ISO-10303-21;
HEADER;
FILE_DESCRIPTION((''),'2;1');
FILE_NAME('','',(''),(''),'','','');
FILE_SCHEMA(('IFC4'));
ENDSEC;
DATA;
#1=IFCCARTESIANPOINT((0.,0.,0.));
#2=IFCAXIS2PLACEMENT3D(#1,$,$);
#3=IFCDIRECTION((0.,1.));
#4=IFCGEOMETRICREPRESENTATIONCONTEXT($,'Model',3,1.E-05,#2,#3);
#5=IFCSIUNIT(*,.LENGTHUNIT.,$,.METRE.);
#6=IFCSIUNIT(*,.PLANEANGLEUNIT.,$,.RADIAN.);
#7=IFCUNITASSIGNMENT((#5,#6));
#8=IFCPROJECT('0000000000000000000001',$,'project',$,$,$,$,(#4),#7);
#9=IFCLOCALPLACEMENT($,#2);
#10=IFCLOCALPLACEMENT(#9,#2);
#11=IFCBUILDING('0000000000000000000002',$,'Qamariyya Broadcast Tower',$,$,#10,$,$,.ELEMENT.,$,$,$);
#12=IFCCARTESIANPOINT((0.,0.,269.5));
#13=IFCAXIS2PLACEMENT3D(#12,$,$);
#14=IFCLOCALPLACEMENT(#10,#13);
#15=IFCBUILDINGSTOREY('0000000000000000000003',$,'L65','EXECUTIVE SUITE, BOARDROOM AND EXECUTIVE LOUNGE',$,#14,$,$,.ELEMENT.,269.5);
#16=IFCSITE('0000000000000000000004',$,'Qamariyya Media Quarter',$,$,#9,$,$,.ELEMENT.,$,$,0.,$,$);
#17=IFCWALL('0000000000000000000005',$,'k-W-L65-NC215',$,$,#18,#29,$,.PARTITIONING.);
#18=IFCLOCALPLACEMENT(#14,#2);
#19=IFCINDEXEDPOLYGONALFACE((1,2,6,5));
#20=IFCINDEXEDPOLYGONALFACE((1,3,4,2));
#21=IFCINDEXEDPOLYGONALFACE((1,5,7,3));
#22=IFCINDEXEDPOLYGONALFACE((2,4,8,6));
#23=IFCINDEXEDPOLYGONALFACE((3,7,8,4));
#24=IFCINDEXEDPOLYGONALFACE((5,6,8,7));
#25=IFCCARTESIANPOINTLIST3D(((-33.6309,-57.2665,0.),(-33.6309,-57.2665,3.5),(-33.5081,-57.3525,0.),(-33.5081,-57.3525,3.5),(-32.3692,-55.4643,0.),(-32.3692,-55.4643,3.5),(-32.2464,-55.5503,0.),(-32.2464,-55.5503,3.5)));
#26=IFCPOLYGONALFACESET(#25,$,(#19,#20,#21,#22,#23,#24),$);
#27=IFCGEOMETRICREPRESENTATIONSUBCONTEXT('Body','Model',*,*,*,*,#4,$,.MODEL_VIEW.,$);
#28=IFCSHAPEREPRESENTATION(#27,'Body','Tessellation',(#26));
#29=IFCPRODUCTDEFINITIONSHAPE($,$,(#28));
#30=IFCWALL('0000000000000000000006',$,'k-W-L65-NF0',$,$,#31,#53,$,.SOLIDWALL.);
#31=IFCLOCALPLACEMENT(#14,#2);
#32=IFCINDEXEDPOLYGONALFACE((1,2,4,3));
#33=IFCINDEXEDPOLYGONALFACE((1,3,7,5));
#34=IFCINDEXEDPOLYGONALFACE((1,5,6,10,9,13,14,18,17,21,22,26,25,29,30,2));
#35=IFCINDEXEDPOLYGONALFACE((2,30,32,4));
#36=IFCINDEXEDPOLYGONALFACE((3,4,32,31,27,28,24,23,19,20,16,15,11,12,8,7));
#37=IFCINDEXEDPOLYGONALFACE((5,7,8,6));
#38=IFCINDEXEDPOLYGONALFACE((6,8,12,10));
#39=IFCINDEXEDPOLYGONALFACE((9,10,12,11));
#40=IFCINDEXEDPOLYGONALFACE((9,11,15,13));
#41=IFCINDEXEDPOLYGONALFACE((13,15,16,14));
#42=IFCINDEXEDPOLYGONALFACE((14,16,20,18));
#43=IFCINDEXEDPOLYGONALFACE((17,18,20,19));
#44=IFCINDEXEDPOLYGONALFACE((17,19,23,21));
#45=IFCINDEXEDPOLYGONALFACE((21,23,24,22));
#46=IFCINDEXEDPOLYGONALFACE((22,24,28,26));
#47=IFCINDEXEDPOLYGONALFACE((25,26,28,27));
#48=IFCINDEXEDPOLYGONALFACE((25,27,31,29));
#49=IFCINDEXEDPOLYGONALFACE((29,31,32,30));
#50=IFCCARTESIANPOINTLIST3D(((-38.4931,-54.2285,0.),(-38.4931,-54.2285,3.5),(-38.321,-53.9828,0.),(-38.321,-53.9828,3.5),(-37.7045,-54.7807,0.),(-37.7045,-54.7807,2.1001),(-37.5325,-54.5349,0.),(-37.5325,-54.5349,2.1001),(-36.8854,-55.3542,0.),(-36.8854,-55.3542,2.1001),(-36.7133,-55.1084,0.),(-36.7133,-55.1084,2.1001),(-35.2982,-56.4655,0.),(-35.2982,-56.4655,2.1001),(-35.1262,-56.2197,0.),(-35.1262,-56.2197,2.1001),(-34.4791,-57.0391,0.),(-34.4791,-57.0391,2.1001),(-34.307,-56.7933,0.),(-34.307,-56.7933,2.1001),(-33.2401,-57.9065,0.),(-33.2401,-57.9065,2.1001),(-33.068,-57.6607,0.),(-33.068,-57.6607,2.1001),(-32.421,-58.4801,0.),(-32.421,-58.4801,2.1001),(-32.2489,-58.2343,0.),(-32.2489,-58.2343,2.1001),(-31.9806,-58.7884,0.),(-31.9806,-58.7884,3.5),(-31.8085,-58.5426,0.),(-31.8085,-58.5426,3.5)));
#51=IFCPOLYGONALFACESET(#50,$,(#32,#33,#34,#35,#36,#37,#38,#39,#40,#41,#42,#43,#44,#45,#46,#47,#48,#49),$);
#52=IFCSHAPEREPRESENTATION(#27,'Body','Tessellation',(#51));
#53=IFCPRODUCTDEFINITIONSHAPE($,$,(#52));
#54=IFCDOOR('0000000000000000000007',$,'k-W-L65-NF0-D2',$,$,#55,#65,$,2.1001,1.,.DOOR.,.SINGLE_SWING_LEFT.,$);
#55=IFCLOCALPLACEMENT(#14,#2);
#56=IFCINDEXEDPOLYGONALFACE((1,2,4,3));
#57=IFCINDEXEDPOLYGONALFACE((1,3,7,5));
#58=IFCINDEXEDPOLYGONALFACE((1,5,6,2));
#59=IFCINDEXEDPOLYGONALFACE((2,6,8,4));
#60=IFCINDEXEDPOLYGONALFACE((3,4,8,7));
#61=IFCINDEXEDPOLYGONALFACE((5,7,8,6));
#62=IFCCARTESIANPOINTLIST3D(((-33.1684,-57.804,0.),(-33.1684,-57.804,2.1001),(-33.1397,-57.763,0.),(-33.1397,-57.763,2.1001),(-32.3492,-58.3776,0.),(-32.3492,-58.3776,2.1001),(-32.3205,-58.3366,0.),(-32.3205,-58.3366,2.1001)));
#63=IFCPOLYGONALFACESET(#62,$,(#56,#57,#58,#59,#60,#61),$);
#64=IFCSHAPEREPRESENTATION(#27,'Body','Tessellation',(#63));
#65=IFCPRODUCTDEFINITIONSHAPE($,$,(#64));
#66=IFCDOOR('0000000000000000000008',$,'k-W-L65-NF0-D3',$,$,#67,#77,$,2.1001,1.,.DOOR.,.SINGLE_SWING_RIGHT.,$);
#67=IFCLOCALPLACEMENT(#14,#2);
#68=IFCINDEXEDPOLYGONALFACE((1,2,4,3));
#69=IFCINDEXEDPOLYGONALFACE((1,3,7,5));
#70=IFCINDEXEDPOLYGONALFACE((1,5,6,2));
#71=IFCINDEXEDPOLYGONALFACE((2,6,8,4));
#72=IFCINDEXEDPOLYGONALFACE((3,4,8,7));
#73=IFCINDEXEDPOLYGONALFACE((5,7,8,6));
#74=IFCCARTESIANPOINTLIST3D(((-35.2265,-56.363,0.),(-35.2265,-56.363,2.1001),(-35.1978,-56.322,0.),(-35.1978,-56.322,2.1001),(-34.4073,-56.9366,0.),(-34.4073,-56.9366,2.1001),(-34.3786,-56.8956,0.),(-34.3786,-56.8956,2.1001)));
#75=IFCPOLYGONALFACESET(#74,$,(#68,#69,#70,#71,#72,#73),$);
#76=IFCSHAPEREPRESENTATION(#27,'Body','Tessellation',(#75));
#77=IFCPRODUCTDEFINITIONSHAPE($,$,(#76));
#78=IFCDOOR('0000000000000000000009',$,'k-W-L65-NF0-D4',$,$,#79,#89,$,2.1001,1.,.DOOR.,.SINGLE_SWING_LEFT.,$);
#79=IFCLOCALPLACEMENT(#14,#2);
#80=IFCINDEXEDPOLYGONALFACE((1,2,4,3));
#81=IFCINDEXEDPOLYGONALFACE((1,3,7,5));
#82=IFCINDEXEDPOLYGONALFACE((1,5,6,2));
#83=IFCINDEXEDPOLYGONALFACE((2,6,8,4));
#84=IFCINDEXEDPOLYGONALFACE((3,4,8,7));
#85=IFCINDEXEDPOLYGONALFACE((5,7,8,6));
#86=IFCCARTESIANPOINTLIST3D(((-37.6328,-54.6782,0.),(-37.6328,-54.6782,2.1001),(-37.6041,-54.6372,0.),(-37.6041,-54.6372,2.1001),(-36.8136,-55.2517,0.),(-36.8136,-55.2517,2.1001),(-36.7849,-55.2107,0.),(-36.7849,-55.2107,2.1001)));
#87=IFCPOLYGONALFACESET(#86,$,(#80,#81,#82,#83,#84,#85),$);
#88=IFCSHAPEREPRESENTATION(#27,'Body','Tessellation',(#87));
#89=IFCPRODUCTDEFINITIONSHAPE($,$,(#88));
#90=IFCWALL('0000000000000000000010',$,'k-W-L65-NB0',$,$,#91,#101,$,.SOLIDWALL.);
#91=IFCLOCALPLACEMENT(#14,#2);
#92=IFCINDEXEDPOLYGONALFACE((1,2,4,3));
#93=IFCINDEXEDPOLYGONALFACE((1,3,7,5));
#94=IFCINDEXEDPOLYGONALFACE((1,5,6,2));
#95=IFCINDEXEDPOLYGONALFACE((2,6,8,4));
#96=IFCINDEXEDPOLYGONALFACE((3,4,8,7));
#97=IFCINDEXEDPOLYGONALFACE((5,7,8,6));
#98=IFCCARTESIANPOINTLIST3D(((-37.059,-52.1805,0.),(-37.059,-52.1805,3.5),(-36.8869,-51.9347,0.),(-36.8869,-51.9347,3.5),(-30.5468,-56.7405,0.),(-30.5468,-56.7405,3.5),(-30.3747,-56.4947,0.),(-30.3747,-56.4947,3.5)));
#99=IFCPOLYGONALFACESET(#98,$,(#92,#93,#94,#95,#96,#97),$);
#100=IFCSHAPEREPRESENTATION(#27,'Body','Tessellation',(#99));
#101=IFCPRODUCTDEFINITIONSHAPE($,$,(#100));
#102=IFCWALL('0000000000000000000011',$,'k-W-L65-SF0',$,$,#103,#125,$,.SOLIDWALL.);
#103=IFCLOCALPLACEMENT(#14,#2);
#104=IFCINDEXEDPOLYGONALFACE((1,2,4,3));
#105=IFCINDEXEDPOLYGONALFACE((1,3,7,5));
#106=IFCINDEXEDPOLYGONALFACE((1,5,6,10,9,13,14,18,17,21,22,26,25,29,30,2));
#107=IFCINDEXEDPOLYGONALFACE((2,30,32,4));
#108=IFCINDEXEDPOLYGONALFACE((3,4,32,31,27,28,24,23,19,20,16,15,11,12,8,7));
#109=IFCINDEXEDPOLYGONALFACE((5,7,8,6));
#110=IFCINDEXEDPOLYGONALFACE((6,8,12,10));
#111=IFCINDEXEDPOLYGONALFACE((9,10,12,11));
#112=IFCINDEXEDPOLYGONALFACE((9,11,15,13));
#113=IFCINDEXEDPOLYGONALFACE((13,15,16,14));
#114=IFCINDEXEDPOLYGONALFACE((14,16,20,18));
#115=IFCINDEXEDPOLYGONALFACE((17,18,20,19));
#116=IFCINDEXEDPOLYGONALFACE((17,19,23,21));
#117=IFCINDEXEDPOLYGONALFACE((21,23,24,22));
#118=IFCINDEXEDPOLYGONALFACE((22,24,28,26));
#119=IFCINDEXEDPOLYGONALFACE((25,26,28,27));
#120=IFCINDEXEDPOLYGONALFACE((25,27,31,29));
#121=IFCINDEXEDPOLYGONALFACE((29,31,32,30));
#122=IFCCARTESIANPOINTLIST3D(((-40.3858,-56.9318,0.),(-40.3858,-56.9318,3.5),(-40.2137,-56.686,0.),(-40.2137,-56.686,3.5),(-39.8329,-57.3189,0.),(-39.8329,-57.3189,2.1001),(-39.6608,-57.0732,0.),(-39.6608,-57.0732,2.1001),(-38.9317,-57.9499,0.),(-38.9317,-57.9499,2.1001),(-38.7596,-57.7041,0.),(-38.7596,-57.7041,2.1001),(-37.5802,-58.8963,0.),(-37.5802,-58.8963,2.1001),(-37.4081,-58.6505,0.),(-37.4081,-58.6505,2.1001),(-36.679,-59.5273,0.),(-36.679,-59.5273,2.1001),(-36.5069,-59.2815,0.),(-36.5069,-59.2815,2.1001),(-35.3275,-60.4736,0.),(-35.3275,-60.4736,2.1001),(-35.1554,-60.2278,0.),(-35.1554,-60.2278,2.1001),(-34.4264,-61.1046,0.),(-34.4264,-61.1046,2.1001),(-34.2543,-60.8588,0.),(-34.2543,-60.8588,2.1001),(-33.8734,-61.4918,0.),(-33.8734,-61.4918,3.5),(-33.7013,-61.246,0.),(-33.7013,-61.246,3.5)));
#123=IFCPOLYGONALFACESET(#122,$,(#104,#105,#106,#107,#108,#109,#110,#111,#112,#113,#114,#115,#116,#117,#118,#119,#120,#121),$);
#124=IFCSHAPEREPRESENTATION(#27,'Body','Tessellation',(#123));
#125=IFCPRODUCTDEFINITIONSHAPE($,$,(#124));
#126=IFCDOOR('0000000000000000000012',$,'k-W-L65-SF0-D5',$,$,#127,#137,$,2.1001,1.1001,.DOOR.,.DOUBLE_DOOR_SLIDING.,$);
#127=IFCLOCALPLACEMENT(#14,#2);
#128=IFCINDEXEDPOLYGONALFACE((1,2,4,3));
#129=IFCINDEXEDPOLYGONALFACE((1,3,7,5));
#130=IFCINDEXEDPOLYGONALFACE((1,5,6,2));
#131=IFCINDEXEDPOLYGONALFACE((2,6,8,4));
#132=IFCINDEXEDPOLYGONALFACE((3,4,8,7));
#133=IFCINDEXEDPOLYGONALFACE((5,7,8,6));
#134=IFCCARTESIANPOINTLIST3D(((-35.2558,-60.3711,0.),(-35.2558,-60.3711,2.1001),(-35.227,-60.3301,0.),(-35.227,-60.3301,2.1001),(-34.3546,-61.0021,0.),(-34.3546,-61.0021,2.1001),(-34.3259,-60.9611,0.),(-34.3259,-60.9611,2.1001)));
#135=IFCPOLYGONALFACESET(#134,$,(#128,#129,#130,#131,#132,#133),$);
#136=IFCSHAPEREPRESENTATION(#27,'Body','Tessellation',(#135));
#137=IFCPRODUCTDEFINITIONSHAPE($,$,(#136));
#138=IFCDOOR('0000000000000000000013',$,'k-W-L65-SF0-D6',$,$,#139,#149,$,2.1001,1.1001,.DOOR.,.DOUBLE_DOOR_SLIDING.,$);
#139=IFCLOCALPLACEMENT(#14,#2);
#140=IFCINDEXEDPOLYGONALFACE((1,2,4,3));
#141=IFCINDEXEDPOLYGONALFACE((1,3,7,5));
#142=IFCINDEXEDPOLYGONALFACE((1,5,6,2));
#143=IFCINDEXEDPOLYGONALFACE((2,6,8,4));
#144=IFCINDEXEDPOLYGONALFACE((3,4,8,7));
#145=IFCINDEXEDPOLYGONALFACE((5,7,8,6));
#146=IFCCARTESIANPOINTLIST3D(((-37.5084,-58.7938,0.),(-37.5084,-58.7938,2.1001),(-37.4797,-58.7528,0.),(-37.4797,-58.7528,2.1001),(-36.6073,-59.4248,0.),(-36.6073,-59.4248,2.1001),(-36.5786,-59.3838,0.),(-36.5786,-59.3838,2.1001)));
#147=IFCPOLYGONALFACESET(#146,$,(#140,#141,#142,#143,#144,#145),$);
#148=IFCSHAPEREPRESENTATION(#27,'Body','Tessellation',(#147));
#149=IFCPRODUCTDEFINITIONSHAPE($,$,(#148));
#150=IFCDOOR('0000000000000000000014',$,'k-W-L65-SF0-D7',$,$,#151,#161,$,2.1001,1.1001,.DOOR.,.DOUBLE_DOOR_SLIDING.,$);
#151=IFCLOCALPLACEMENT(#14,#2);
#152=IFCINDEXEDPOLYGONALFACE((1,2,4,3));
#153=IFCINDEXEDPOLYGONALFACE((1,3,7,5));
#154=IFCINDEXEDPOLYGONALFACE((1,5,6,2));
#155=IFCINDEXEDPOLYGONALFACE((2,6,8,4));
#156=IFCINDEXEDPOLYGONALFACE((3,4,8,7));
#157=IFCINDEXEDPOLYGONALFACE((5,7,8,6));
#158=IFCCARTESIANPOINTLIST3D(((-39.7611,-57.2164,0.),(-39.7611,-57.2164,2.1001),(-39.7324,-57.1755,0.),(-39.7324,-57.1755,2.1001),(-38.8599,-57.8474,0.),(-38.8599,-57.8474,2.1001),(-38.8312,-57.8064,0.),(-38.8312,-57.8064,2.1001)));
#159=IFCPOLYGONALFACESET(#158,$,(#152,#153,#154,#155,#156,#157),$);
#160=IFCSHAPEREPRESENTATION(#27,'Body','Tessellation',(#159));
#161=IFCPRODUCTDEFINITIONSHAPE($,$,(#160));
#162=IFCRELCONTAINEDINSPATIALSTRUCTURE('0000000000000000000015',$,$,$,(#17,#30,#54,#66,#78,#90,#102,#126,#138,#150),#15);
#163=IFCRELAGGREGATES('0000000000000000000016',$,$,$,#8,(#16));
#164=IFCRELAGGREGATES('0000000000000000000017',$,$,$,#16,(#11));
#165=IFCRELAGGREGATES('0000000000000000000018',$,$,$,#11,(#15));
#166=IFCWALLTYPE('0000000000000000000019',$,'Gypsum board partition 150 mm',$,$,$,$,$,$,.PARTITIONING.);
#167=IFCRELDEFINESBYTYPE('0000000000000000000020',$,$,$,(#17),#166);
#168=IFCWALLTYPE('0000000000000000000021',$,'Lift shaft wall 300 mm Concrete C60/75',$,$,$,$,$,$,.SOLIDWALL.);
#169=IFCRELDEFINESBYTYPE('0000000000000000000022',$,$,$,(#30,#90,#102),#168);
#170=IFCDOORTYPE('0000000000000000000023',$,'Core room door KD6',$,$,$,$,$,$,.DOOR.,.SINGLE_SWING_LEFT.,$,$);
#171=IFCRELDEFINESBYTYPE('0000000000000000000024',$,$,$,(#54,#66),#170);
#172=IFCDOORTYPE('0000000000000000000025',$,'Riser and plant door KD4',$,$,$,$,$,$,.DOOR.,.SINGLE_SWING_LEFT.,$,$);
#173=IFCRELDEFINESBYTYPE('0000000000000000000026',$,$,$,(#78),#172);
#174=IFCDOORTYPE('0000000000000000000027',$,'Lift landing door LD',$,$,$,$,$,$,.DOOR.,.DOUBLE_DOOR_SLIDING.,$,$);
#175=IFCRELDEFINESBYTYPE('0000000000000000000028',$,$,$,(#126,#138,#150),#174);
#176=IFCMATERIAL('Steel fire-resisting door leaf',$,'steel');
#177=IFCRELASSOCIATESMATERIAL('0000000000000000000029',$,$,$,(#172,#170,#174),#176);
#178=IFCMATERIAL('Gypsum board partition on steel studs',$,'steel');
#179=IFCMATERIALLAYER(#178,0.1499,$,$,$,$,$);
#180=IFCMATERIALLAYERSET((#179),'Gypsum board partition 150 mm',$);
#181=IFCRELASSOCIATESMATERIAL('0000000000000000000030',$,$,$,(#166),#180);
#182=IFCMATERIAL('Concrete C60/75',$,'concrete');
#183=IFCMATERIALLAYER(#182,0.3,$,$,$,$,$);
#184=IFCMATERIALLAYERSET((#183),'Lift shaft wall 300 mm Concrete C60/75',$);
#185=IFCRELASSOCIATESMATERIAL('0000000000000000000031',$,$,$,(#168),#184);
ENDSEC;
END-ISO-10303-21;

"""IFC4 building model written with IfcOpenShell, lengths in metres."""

from ifc_helpers import new_model, si_unit, direction, frame, frame_2d, origin, place, context, subcontext, project, spatial, rectangle, extrude, material, layer, layer_set, type_object, element, fill, save


model = new_model("IFC4")

# Units and contexts
model_context = context("Model", 3, precision=1e-05, world=origin(), true_north=direction((0.0, 1.0)))
body_context = subcontext(model_context, "Body", "Model", "MODEL_VIEW")
ifc_project = project(units=[si_unit("LENGTHUNIT", "METRE"), si_unit("PLANEANGLEUNIT", "RADIAN")], contexts=[model_context])

# Site, building, storey
site_placement = place(None, origin())
site = spatial("IfcSite", under=ifc_project, at=site_placement, Name="Qamariyya Media Quarter", CompositionType="ELEMENT", RefElevation=0.0)
building_placement = place(site_placement, origin())
building = spatial("IfcBuilding", under=site, at=building_placement, Name="Qamariyya Broadcast Tower", CompositionType="ELEMENT")
storey_placement = place(building_placement, frame((0.0, 0.0, 269.5)))
storey = spatial("IfcBuildingStorey", under=building, at=storey_placement, Name="L65", Description="EXECUTIVE SUITE, BOARDROOM AND EXECUTIVE LOUNGE", CompositionType="ELEMENT", Elevation=269.5)

# Shared definitions
ifc_material_1 = material(Name="Concrete C60/75", Category="concrete")
ifc_material_2 = material(Name="Steel fire-resisting door leaf", Category="steel")

# Shared definitions
door_type_1 = type_object("IfcDoorType", Name="Riser and plant door KD4", OperationType="SINGLE_SWING_LEFT", PredefinedType="DOOR", material=ifc_material_2)

# Wall
ifc_material_3 = material(Name="Gypsum board partition on steel studs", Category="steel")
ifc_layer_1 = layer(ifc_material_3, 0.1499)
ifc_layer_set_1 = layer_set([ifc_layer_1], Name="Gypsum board partition 150 mm")
wall_type_1 = type_object("IfcWallType", Name="Gypsum board partition 150 mm", PredefinedType="PARTITIONING", material=ifc_layer_set_1)
wall_1_placement = place(storey_placement, frame((-33.5696, -57.3096, 0.0), z_axis=(0.0, 0.0, 1.0), x_axis=(0.573507, 0.819201, 0.0)))
element("IfcWall", 1, at=wall_1_placement, inside=storey, type_object=wall_type_1, Name="k-W-L65-NC215", PredefinedType="PARTITIONING", context=body_context, shape_type="SweptSolid", body=[
    extrude(rectangle(XDim=2.2, YDim=0.1499, at=frame_2d((1.1001, 0.0))), origin(), (0.0, 0.0, 1.0), 3.5),
])

# Wall, openings, doors
ifc_layer_2 = layer(ifc_material_1, 0.3)
ifc_layer_set_2 = layer_set([ifc_layer_2], Name="Lift shaft wall 300 mm Concrete C60/75")
wall_type_2 = type_object("IfcWallType", Name="Lift shaft wall 300 mm Concrete C60/75", PredefinedType="SOLIDWALL", material=ifc_layer_set_2)
wall_2_placement = place(storey_placement, frame((-31.8945, -58.6655, 0.0), z_axis=(0.0, 0.0, 1.0), x_axis=(-0.819167, 0.573555, 0.0)))
wall_2 = element("IfcWall", 2, at=wall_2_placement, inside=storey, type_object=wall_type_2, Name="k-W-L65-NF0", PredefinedType="SOLIDWALL", context=body_context, shape_type="SweptSolid", body=[
    extrude(rectangle(XDim=7.9502, YDim=0.3, at=frame_2d((3.9751, 0.0))), origin(), (0.0, 0.0, 1.0), 3.5),
])
opening_1_placement = place(wall_2_placement, frame((0.5376, 0.0, 0.0)))
opening_1 = element("IfcOpeningElement", 3, at=opening_1_placement, cuts=wall_2, PredefinedType="OPENING", context=body_context, shape_type="SweptSolid", body=[
    extrude(rectangle(XDim=1.0, YDim=2.1001, at=frame_2d((0.5, 1.05))), frame((0.0, 0.1599, 0.0), z_axis=(0.0, -1.0, 0.0), x_axis=(1.0, 0.0, 0.0)), (0.0, 0.0, 1.0), 0.3201),
])
opening_2_placement = place(wall_2_placement, frame((3.05, 0.0, 0.0)))
opening_2 = element("IfcOpeningElement", 4, at=opening_2_placement, cuts=wall_2, PredefinedType="OPENING", context=body_context, shape_type="SweptSolid", body=[
    extrude(rectangle(XDim=1.0, YDim=2.1001, at=frame_2d((0.5, 1.05))), frame((0.0, 0.1599, 0.0), z_axis=(0.0, -1.0, 0.0), x_axis=(1.0, 0.0, 0.0)), (0.0, 0.0, 1.0), 0.3201),
])
opening_3_placement = place(wall_2_placement, frame((5.9875, 0.0, 0.0)))
opening_3 = element("IfcOpeningElement", 5, at=opening_3_placement, cuts=wall_2, PredefinedType="OPENING", context=body_context, shape_type="SweptSolid", body=[
    extrude(rectangle(XDim=1.0, YDim=2.1001, at=frame_2d((0.5, 1.05))), frame((0.0, 0.1599, 0.0), z_axis=(0.0, -1.0, 0.0), x_axis=(1.0, 0.0, 0.0)), (0.0, 0.0, 1.0), 0.3201),
])
door_type_2 = type_object("IfcDoorType", Name="Core room door KD6", OperationType="SINGLE_SWING_LEFT", PredefinedType="DOOR", material=ifc_material_2)
door_1_placement = place(opening_1_placement, origin())
door_1 = element("IfcDoor", 6, at=door_1_placement, inside=storey, type_object=door_type_2, Name="k-W-L65-NF0-D2", OperationType="SINGLE_SWING_LEFT", OverallHeight=2.1001, OverallWidth=1.0, PredefinedType="DOOR", context=body_context, shape_type="SweptSolid", body=[
    extrude(rectangle(XDim=1.0, YDim=2.1001, at=frame_2d((0.5, 1.05))), frame((0.0, 0.0249, 0.0), z_axis=(0.0, -1.0, 0.0), x_axis=(1.0, 0.0, 0.0)), (0.0, 0.0, 1.0), 0.05),
])
fill(opening_1, door_1)
door_2_placement = place(opening_2_placement, origin())
door_2 = element("IfcDoor", 7, at=door_2_placement, inside=storey, type_object=door_type_2, Name="k-W-L65-NF0-D3", OperationType="SINGLE_SWING_RIGHT", OverallHeight=2.1001, OverallWidth=1.0, PredefinedType="DOOR", context=body_context, shape_type="SweptSolid", body=[
    extrude(rectangle(XDim=1.0, YDim=2.1001, at=frame_2d((0.5, 1.05))), frame((0.0, 0.0249, 0.0), z_axis=(0.0, -1.0, 0.0), x_axis=(1.0, 0.0, 0.0)), (0.0, 0.0, 1.0), 0.05),
])
fill(opening_2, door_2)
door_3_placement = place(opening_3_placement, origin())
door_3 = element("IfcDoor", 8, at=door_3_placement, inside=storey, type_object=door_type_1, Name="k-W-L65-NF0-D4", OperationType="SINGLE_SWING_LEFT", OverallHeight=2.1001, OverallWidth=1.0, PredefinedType="DOOR", context=body_context, shape_type="SweptSolid", body=[
    extrude(rectangle(XDim=1.0, YDim=2.1001, at=frame_2d((0.5, 1.05))), frame((0.0, 0.0249, 0.0), z_axis=(0.0, -1.0, 0.0), x_axis=(1.0, 0.0, 0.0)), (0.0, 0.0, 1.0), 0.05),
])
fill(opening_3, door_3)

# Wall
wall_3_placement = place(storey_placement, frame((-30.4607, -56.6177, 0.0), z_axis=(0.0, 0.0, 1.0), x_axis=(-0.819142, 0.57359, 0.0)))
element("IfcWall", 9, at=wall_3_placement, inside=storey, type_object=wall_type_2, Name="k-W-L65-NB0", PredefinedType="SOLIDWALL", context=body_context, shape_type="SweptSolid", body=[
    extrude(rectangle(XDim=7.95, YDim=0.3, at=frame_2d((3.9751, 0.0))), origin(), (0.0, 0.0, 1.0), 3.5),
])

# Wall, openings, doors
wall_4_placement = place(storey_placement, frame((-33.7874, -61.3689, 0.0), z_axis=(0.0, 0.0, 1.0), x_axis=(-0.819153, 0.573576, 0.0)))
wall_4 = element("IfcWall", 10, at=wall_4_placement, inside=storey, type_object=wall_type_2, Name="k-W-L65-SF0", PredefinedType="SOLIDWALL", context=body_context, shape_type="SweptSolid", body=[
    extrude(rectangle(XDim=7.9502, YDim=0.3, at=frame_2d((3.9751, 0.0))), origin(), (0.0, 0.0, 1.0), 3.5),
])
opening_4_placement = place(wall_4_placement, frame((0.675, 0.0, 0.0)))
opening_4 = element("IfcOpeningElement", 11, at=opening_4_placement, cuts=wall_4, PredefinedType="OPENING", context=body_context, shape_type="SweptSolid", body=[
    extrude(rectangle(XDim=1.1001, YDim=2.1001, at=frame_2d((0.55, 1.05))), frame((0.0, 0.1599, 0.0), z_axis=(0.0, -1.0, 0.0), x_axis=(1.0, 0.0, 0.0)), (0.0, 0.0, 1.0), 0.3201),
])
opening_5_placement = place(wall_4_placement, frame((3.425, 0.0, 0.0)))
opening_5 = element("IfcOpeningElement", 12, at=opening_5_placement, cuts=wall_4, PredefinedType="OPENING", context=body_context, shape_type="SweptSolid", body=[
    extrude(rectangle(XDim=1.1001, YDim=2.1001, at=frame_2d((0.55, 1.05))), frame((0.0, 0.1599, 0.0), z_axis=(0.0, -1.0, 0.0), x_axis=(1.0, 0.0, 0.0)), (0.0, 0.0, 1.0), 0.3201),
])
opening_6_placement = place(wall_4_placement, frame((6.175, 0.0, 0.0)))
opening_6 = element("IfcOpeningElement", 13, at=opening_6_placement, cuts=wall_4, PredefinedType="OPENING", context=body_context, shape_type="SweptSolid", body=[
    extrude(rectangle(XDim=1.1001, YDim=2.1001, at=frame_2d((0.55, 1.05))), frame((0.0, 0.1599, 0.0), z_axis=(0.0, -1.0, 0.0), x_axis=(1.0, 0.0, 0.0)), (0.0, 0.0, 1.0), 0.3201),
])
door_type_3 = type_object("IfcDoorType", Name="Lift landing door LD", OperationType="DOUBLE_DOOR_SLIDING", PredefinedType="DOOR", material=ifc_material_2)
door_4_placement = place(opening_4_placement, origin())
door_4 = element("IfcDoor", 14, at=door_4_placement, inside=storey, type_object=door_type_3, Name="k-W-L65-SF0-D5", OperationType="DOUBLE_DOOR_SLIDING", OverallHeight=2.1001, OverallWidth=1.1001, PredefinedType="DOOR", context=body_context, shape_type="SweptSolid", body=[
    extrude(rectangle(XDim=1.1001, YDim=2.1001, at=frame_2d((0.55, 1.05))), frame((0.0, 0.0249, 0.0), z_axis=(0.0, -1.0, 0.0), x_axis=(1.0, 0.0, 0.0)), (0.0, 0.0, 1.0), 0.05),
])
fill(opening_4, door_4)
door_5_placement = place(opening_5_placement, origin())
door_5 = element("IfcDoor", 15, at=door_5_placement, inside=storey, type_object=door_type_3, Name="k-W-L65-SF0-D6", OperationType="DOUBLE_DOOR_SLIDING", OverallHeight=2.1001, OverallWidth=1.1001, PredefinedType="DOOR", context=body_context, shape_type="SweptSolid", body=[
    extrude(rectangle(XDim=1.1001, YDim=2.1001, at=frame_2d((0.55, 1.05))), frame((0.0, 0.0249, 0.0), z_axis=(0.0, -1.0, 0.0), x_axis=(1.0, 0.0, 0.0)), (0.0, 0.0, 1.0), 0.05),
])
fill(opening_5, door_5)
door_6_placement = place(opening_6_placement, origin())
door_6 = element("IfcDoor", 16, at=door_6_placement, inside=storey, type_object=door_type_3, Name="k-W-L65-SF0-D7", OperationType="DOUBLE_DOOR_SLIDING", OverallHeight=2.1001, OverallWidth=1.1001, PredefinedType="DOOR", context=body_context, shape_type="SweptSolid", body=[
    extrude(rectangle(XDim=1.1001, YDim=2.1001, at=frame_2d((0.55, 1.05))), frame((0.0, 0.0249, 0.0), z_axis=(0.0, -1.0, 0.0), x_axis=(1.0, 0.0, 0.0)), (0.0, 0.0, 1.0), 0.05),
])
fill(opening_6, door_6)

save(model, "model.ifc")
